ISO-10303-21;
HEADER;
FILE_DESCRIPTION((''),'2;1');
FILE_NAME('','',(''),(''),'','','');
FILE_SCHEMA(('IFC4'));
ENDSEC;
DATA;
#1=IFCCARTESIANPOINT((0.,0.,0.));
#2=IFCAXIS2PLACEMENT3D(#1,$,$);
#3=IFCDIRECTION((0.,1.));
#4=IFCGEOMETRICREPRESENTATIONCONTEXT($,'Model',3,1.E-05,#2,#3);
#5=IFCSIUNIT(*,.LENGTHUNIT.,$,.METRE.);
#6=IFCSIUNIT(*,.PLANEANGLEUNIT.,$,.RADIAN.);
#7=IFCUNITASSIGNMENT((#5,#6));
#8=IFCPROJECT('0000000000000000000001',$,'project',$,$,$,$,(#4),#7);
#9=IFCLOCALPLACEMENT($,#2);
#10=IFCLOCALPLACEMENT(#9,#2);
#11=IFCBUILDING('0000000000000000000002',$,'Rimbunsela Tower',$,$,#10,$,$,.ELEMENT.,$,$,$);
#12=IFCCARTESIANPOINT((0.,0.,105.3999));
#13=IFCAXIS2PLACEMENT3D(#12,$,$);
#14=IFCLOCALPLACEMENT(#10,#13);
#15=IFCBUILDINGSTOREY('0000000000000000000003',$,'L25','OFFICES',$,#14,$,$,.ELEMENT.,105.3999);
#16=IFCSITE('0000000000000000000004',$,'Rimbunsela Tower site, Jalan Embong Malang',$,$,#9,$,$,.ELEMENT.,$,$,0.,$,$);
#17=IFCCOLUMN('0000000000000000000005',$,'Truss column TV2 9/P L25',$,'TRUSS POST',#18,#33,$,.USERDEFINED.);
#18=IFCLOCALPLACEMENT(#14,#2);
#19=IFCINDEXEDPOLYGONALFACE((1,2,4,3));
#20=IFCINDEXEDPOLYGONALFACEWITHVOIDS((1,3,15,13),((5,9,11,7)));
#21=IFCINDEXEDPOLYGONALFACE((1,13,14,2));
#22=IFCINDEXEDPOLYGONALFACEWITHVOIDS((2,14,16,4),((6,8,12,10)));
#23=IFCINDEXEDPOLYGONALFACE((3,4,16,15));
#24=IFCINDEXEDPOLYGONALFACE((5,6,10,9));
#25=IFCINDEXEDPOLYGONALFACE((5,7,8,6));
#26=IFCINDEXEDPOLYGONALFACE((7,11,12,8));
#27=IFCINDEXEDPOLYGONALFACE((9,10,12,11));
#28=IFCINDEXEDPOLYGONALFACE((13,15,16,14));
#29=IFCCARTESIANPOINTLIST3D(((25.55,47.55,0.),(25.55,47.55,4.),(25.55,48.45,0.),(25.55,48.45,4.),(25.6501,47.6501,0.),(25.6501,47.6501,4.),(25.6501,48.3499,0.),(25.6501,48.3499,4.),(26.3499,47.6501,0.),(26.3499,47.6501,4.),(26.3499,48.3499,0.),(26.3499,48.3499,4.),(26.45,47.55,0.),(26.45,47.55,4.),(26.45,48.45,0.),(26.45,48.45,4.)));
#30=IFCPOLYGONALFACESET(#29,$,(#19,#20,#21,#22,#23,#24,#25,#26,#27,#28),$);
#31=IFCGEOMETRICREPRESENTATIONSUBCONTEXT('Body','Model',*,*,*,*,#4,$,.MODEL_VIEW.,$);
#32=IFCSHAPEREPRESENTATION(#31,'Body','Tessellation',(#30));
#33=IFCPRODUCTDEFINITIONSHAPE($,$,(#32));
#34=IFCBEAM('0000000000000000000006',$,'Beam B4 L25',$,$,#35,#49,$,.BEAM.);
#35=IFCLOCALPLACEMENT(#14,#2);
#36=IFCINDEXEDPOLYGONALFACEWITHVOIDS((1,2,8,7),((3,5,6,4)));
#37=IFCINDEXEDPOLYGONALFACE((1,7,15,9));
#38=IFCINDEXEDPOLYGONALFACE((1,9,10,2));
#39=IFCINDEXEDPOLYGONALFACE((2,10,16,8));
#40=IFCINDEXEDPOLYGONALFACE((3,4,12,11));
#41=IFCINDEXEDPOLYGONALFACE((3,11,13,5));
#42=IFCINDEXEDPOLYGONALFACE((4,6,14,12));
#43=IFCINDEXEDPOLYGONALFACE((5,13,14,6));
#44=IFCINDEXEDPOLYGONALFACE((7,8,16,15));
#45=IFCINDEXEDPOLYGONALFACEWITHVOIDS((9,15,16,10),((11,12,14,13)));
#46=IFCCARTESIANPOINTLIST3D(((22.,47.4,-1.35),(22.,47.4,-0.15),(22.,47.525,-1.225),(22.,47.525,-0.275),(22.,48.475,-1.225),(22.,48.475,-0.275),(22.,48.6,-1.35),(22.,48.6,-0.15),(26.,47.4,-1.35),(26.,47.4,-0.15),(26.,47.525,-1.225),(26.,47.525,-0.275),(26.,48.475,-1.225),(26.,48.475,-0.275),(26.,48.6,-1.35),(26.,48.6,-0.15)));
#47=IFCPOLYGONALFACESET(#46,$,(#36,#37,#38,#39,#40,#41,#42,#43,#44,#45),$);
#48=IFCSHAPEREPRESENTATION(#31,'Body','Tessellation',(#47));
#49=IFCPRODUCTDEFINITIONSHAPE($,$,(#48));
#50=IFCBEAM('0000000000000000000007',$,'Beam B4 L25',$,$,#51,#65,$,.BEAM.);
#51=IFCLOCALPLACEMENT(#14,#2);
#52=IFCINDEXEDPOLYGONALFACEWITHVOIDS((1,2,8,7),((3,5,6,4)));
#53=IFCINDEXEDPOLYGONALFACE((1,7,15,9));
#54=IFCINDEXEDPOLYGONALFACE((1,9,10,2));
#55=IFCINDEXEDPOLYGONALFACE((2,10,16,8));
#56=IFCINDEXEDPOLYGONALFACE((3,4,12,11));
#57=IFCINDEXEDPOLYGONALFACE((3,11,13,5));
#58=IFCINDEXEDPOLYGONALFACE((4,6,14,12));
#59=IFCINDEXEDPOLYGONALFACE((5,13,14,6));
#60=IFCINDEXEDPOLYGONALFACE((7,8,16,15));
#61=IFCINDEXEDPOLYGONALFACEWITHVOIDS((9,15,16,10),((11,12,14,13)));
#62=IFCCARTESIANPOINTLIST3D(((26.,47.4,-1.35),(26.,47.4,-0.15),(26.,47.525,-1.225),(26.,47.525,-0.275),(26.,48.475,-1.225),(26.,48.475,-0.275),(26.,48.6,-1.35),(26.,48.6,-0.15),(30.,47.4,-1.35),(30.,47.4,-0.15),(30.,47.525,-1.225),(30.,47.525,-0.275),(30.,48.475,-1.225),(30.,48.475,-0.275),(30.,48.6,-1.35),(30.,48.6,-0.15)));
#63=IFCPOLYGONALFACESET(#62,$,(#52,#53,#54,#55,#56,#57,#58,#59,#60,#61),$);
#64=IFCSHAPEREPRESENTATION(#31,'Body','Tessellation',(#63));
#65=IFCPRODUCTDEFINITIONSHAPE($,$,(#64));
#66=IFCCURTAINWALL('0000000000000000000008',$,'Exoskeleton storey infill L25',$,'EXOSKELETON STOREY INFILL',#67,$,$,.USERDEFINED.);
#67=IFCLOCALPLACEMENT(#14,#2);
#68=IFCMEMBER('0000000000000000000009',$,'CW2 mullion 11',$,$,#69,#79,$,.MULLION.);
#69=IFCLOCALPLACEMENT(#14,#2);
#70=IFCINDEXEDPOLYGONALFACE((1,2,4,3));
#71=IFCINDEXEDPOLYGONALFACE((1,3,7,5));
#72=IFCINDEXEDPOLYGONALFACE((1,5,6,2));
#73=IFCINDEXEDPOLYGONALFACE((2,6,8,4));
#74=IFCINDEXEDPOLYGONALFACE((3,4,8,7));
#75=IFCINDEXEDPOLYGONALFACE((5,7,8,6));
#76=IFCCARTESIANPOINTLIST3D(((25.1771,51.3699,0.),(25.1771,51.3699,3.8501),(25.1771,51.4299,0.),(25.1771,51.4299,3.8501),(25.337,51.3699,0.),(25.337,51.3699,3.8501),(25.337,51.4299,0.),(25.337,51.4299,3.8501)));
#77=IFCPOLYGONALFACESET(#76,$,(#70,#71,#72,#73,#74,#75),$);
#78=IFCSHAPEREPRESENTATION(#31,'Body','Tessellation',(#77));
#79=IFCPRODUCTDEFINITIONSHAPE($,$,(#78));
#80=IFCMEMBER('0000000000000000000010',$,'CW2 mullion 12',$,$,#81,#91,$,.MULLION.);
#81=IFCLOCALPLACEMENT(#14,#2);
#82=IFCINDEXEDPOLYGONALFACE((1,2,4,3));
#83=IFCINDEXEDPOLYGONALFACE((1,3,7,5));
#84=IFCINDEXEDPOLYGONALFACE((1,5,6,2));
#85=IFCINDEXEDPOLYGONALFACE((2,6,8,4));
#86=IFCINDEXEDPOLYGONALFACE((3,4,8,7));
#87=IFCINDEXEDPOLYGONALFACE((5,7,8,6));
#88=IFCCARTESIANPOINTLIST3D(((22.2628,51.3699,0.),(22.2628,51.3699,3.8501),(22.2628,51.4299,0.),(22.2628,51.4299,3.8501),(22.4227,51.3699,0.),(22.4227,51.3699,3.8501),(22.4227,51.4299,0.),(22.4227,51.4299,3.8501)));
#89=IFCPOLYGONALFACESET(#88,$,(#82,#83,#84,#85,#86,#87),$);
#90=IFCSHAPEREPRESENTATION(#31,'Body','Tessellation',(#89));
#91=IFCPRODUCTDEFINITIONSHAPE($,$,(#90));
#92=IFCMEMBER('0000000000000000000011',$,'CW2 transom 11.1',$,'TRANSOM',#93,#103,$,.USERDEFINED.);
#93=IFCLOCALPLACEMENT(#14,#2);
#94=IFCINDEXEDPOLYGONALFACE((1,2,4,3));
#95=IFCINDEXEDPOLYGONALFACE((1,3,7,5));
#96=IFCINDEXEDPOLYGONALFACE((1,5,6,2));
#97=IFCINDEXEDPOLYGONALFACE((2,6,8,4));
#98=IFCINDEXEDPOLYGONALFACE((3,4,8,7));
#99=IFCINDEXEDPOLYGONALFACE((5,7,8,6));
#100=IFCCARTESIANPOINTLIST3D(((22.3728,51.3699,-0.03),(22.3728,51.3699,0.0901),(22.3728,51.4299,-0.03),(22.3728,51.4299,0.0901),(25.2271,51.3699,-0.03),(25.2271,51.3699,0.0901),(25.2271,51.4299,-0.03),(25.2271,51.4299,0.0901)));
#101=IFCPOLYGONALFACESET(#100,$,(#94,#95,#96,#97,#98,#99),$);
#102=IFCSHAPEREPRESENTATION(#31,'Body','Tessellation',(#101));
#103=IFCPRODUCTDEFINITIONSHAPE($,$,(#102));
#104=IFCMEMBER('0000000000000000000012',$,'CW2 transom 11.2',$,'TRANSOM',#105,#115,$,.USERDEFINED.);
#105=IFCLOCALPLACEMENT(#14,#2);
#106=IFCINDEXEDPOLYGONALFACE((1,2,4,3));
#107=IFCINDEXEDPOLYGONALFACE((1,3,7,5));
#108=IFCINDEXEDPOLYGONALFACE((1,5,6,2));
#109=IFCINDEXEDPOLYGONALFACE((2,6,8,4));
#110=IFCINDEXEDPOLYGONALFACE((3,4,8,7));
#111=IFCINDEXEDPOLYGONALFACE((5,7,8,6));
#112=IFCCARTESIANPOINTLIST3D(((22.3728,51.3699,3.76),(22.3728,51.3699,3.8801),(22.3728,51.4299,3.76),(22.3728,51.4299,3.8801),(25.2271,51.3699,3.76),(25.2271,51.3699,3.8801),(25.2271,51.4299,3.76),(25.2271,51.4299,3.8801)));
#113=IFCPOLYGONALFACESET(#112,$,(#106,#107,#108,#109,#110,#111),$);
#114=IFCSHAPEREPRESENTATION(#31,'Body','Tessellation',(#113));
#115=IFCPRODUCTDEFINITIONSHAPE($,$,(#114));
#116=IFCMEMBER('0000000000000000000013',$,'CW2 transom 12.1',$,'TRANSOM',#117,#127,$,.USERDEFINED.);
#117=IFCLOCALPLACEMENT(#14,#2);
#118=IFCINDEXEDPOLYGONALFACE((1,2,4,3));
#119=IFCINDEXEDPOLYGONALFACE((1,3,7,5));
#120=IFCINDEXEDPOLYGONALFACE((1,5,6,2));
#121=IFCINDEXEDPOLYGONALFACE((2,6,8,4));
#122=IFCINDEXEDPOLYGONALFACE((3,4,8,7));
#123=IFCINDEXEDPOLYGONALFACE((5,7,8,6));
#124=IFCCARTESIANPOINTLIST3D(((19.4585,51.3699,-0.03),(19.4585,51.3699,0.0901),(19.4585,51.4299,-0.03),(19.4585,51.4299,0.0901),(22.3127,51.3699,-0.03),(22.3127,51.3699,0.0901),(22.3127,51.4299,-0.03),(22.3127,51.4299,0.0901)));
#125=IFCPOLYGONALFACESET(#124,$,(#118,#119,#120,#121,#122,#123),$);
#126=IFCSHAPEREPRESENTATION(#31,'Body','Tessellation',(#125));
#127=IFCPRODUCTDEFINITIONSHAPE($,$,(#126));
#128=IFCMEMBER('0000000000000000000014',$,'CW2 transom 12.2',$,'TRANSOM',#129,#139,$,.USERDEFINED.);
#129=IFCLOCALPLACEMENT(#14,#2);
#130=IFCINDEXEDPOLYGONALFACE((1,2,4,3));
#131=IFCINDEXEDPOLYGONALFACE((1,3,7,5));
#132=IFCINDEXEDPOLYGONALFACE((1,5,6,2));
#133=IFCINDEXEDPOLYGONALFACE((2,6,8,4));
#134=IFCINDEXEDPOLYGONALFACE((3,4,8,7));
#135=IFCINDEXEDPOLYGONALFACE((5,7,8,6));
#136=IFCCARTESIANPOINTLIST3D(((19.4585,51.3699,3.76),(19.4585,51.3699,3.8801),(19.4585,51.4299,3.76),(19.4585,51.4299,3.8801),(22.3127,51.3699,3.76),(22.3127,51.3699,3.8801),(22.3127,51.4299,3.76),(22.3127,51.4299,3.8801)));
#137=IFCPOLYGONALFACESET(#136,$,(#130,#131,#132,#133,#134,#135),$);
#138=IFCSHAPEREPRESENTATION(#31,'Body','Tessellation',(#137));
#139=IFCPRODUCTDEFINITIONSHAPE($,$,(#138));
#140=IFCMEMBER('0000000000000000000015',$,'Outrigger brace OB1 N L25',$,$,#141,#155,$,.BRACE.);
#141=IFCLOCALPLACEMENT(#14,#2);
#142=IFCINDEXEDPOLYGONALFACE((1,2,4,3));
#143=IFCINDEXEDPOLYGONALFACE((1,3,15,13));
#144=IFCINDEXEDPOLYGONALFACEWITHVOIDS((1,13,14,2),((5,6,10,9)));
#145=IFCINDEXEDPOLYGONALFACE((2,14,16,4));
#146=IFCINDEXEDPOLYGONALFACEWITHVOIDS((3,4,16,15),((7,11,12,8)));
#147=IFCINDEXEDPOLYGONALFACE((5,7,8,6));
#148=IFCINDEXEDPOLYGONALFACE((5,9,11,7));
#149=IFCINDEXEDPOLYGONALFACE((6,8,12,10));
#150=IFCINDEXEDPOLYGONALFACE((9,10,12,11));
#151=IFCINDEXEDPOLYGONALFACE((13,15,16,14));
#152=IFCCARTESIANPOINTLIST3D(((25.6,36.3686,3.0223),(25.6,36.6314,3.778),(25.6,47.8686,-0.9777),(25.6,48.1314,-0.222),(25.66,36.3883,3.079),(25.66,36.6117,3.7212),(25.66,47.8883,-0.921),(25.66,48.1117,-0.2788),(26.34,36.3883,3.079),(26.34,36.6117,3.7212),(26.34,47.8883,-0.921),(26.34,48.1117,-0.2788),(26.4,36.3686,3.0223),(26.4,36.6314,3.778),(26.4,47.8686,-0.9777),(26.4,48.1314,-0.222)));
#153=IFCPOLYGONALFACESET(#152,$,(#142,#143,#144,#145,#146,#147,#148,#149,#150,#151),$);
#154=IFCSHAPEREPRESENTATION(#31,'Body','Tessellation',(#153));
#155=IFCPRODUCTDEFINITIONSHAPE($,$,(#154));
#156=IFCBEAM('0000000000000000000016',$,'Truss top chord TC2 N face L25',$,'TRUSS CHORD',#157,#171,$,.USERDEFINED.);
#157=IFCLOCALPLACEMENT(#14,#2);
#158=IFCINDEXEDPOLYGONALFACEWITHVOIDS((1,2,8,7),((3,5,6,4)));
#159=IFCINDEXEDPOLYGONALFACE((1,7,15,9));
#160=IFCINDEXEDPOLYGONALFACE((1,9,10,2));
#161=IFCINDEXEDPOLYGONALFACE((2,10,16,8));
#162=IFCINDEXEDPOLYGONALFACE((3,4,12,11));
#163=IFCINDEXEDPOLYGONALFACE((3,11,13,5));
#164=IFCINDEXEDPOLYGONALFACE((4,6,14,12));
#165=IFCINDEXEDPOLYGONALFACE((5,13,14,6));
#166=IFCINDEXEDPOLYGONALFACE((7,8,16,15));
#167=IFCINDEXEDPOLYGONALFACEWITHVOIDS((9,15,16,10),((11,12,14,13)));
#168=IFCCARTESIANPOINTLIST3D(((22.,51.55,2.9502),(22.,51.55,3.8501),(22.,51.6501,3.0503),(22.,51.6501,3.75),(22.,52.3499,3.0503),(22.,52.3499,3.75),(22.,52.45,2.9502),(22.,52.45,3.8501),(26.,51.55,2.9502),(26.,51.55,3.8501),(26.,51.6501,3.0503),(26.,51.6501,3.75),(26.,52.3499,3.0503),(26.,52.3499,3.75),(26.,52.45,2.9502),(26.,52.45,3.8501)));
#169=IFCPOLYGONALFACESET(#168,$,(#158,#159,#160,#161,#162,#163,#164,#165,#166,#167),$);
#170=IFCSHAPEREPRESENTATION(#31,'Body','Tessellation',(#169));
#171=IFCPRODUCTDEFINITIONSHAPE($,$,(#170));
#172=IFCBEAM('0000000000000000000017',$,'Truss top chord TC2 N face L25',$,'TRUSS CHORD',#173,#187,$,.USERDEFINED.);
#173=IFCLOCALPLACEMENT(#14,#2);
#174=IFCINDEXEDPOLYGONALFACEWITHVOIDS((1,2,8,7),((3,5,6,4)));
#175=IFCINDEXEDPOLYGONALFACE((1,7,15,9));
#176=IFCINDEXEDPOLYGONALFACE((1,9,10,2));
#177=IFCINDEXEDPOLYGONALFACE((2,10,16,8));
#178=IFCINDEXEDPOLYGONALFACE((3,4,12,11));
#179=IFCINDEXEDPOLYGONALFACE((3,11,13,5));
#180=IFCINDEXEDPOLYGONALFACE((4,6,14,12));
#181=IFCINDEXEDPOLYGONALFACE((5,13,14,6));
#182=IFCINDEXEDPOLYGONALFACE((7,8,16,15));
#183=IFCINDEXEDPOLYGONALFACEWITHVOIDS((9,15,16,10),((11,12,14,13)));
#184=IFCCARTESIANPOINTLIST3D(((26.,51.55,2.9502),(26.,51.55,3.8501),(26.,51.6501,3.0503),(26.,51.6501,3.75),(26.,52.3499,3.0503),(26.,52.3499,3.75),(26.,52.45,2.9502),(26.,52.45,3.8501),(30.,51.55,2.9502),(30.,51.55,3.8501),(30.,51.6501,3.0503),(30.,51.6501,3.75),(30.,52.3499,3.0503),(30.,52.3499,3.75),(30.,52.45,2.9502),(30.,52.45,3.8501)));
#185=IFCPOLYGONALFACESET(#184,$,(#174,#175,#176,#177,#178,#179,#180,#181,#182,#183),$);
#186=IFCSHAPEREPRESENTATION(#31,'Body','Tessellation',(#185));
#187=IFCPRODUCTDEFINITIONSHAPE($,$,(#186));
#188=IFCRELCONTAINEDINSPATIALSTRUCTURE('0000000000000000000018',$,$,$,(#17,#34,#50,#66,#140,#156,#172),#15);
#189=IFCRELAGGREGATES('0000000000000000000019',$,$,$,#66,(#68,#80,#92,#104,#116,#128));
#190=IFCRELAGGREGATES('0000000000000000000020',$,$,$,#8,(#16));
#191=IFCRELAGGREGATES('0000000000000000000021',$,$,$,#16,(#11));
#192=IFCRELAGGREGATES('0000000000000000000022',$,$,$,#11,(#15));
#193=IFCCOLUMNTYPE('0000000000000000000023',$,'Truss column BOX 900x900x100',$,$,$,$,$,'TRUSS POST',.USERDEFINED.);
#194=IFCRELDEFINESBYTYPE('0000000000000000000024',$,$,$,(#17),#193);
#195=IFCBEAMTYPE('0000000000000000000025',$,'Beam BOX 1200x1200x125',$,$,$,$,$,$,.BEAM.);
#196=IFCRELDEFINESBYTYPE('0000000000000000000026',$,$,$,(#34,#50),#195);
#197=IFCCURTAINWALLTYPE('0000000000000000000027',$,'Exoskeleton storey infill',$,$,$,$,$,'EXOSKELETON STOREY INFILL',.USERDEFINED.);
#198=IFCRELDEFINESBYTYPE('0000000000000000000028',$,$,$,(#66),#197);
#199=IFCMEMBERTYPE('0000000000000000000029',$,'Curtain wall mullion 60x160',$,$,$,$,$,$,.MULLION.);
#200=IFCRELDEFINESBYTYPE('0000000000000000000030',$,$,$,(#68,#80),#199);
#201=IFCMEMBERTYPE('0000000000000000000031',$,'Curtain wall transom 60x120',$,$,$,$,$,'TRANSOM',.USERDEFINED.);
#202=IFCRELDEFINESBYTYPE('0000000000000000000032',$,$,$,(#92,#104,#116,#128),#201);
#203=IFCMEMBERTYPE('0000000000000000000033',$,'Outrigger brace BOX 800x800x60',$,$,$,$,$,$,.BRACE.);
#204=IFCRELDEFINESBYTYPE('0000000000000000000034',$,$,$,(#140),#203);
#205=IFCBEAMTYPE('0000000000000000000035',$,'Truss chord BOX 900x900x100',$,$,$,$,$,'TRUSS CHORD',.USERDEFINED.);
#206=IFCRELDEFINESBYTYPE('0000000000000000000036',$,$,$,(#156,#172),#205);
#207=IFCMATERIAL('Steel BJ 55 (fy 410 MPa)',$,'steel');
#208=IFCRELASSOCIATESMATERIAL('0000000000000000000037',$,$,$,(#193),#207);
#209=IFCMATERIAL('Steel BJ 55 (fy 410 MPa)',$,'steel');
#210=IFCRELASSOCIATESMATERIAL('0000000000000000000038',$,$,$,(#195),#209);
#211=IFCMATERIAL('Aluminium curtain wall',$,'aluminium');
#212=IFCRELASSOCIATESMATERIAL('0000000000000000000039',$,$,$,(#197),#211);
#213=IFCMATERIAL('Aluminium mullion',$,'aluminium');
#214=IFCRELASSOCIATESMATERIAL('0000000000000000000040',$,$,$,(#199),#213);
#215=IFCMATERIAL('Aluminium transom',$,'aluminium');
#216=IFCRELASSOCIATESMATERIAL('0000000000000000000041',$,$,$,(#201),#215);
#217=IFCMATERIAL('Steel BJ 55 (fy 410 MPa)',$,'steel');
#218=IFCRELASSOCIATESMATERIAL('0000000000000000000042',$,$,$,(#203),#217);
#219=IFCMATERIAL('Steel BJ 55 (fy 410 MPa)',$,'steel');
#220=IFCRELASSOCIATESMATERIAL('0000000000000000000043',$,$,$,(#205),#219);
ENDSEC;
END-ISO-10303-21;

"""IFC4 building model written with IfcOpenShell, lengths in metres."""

from ifc_helpers import new_model, si_unit, direction, frame, origin, origin_2d, place, context, subcontext, project, spatial, rectangle, hollow_rectangle, extrude, material, material_profile, profile_set, type_object, element, aggregate, save


model = new_model("IFC4")

# Units and contexts
model_context = context("Model", 3, precision=1e-05, world=origin(), true_north=direction((0.0, 1.0)))
body_context = subcontext(model_context, "Body", "Model", "MODEL_VIEW")
ifc_project = project(units=[si_unit("LENGTHUNIT", "METRE"), si_unit("PLANEANGLEUNIT", "RADIAN")], contexts=[model_context])

# Site, building, storey
site_placement = place(None, origin())
site = spatial("IfcSite", under=ifc_project, at=site_placement, Name="Rimbunsela Tower site, Jalan Embong Malang", CompositionType="ELEMENT", RefElevation=0.0)
building_placement = place(site_placement, origin())
building = spatial("IfcBuilding", under=site, at=building_placement, Name="Rimbunsela Tower", CompositionType="ELEMENT")
storey_placement = place(building_placement, frame((0.0, 0.0, 105.3999)))
storey = spatial("IfcBuildingStorey", under=building, at=storey_placement, Name="L25", Description="OFFICES", CompositionType="ELEMENT", Elevation=105.3999)

# Column
ifc_material_1 = material(Name="Steel BJ 55 (fy 410 MPa)", Category="steel")
ifc_material_profile_1 = material_profile(ifc_material_1, hollow_rectangle(XDim=0.8999, YDim=0.8999, WallThickness=0.1001, at=origin_2d()), Name="BOX 900x900x100")
ifc_profile_set_1 = profile_set([ifc_material_profile_1], Name="Steel BJ 55 (fy 410 MPa)")
column_type = type_object("IfcColumnType", Name="Truss column BOX 900x900x100", ElementType="TRUSS POST", PredefinedType="USERDEFINED", material=ifc_profile_set_1)
column_placement = place(storey_placement, frame((26.0, 48.0, 0.0), z_axis=(0.0, 0.0, 1.0), x_axis=(1.0, 0.0, 0.0)))
element("IfcColumn", 1, at=column_placement, inside=storey, type_object=column_type, Name="Truss column TV2 9/P L25", ObjectType="TRUSS POST", PredefinedType="USERDEFINED", context=body_context, shape_type="SweptSolid", body=[
    extrude(hollow_rectangle(XDim=0.8999, YDim=0.8999, WallThickness=0.1001, at=origin_2d()), origin(), (0.0, 0.0, 1.0), 4.0),
])

# Beams
ifc_material_2 = material(Name="Steel BJ 55 (fy 410 MPa)", Category="steel")
ifc_material_profile_2 = material_profile(ifc_material_2, hollow_rectangle(XDim=1.2, YDim=1.2, WallThickness=0.125, at=origin_2d()), Name="BOX 1200x1200x125")
ifc_profile_set_2 = profile_set([ifc_material_profile_2], Name="Steel BJ 55 (fy 410 MPa)")
beam_type_1 = type_object("IfcBeamType", Name="Beam BOX 1200x1200x125", PredefinedType="BEAM", material=ifc_profile_set_2)
for number, where, z_axis, x_axis, name in (
    (2, (22.0, 48.0, -0.75), (1.0, 0.0, 0.0), (0.0, 1.0, 0.0), "Beam B4 L25"),
    (3, (26.0, 48.0, -0.75), (1.0, 0.0, 0.0), (0.0, 1.0, 0.0), "Beam B4 L25"),
):
    element("IfcBeam", number, at=place(storey_placement, frame(where, z_axis=z_axis, x_axis=x_axis)), inside=storey, type_object=beam_type_1, Name=name, PredefinedType="BEAM", context=body_context, shape_type="SweptSolid", body=[
        extrude(hollow_rectangle(XDim=1.2, YDim=1.2, WallThickness=0.125, at=origin_2d()), origin(), (0.0, 0.0, 1.0), 4.0),
    ])

# Curtain wall, members
ifc_material_3 = material(Name="Aluminium curtain wall", Category="aluminium")
curtain_wall_type = type_object("IfcCurtainWallType", Name="Exoskeleton storey infill", ElementType="EXOSKELETON STOREY INFILL", PredefinedType="USERDEFINED", material=ifc_material_3)
curtain_wall_placement = place(storey_placement, origin())
curtain_wall = element("IfcCurtainWall", 4, at=curtain_wall_placement, inside=storey, type_object=curtain_wall_type, Name="Exoskeleton storey infill L25", ObjectType="EXOSKELETON STOREY INFILL", PredefinedType="USERDEFINED")
ifc_material_4 = material(Name="Aluminium mullion", Category="aluminium")
ifc_material_profile_3 = material_profile(ifc_material_4, rectangle(XDim=0.0601, YDim=0.1599, at=origin_2d()), Name="Mullion 60x160")
ifc_profile_set_3 = profile_set([ifc_material_profile_3], Name="Aluminium mullion")
member_type_1 = type_object("IfcMemberType", Name="Curtain wall mullion 60x160", PredefinedType="MULLION", material=ifc_profile_set_3)
member_1_placement = place(storey_placement, frame((25.2571, 51.3999, 0.0), z_axis=(0.0, 0.0, 1.0), x_axis=(0.0, -1.0, 0.0)))
member_1 = element("IfcMember", 5, at=member_1_placement, type_object=member_type_1, Name="CW2 mullion 11", PredefinedType="MULLION", context=body_context, shape_type="SweptSolid", body=[
    extrude(rectangle(XDim=0.0601, YDim=0.1599, at=origin_2d()), origin(), (0.0, 0.0, 1.0), 3.8501),
])
member_2_placement = place(storey_placement, frame((22.3428, 51.3999, 0.0), z_axis=(0.0, 0.0, 1.0), x_axis=(0.0, -1.0, 0.0)))
member_2 = element("IfcMember", 6, at=member_2_placement, type_object=member_type_1, Name="CW2 mullion 12", PredefinedType="MULLION", context=body_context, shape_type="SweptSolid", body=[
    extrude(rectangle(XDim=0.0601, YDim=0.1599, at=origin_2d()), origin(), (0.0, 0.0, 1.0), 3.8501),
])
ifc_material_5 = material(Name="Aluminium transom", Category="aluminium")
ifc_material_profile_4 = material_profile(ifc_material_5, rectangle(XDim=0.0601, YDim=0.1201, at=origin_2d()), Name="Transom 60x120")
ifc_profile_set_4 = profile_set([ifc_material_profile_4], Name="Aluminium transom")
member_type_2 = type_object("IfcMemberType", Name="Curtain wall transom 60x120", ElementType="TRANSOM", PredefinedType="USERDEFINED", material=ifc_profile_set_4)
member_3_placement = place(storey_placement, frame((25.2271, 51.3999, 0.03), z_axis=(-1.0, 0.0, 0.0), x_axis=(0.0, -1.0, 0.0)))
member_3 = element("IfcMember", 7, at=member_3_placement, type_object=member_type_2, Name="CW2 transom 11.1", ObjectType="TRANSOM", PredefinedType="USERDEFINED", context=body_context, shape_type="SweptSolid", body=[
    extrude(rectangle(XDim=0.0601, YDim=0.1201, at=origin_2d()), origin(), (0.0, 0.0, 1.0), 2.8542),
])
member_4_placement = place(storey_placement, frame((25.2271, 51.3999, 3.8201), z_axis=(-1.0, 0.0, 0.0), x_axis=(0.0, -1.0, 0.0)))
member_4 = element("IfcMember", 8, at=member_4_placement, type_object=member_type_2, Name="CW2 transom 11.2", ObjectType="TRANSOM", PredefinedType="USERDEFINED", context=body_context, shape_type="SweptSolid", body=[
    extrude(rectangle(XDim=0.0601, YDim=0.1201, at=origin_2d()), origin(), (0.0, 0.0, 1.0), 2.8542),
])
member_5_placement = place(storey_placement, frame((22.3127, 51.3999, 0.03), z_axis=(-1.0, 0.0, 0.0), x_axis=(0.0, -1.0, 0.0)))
member_5 = element("IfcMember", 9, at=member_5_placement, type_object=member_type_2, Name="CW2 transom 12.1", ObjectType="TRANSOM", PredefinedType="USERDEFINED", context=body_context, shape_type="SweptSolid", body=[
    extrude(rectangle(XDim=0.0601, YDim=0.1201, at=origin_2d()), origin(), (0.0, 0.0, 1.0), 2.8542),
])
member_6_placement = place(storey_placement, frame((22.3127, 51.3999, 3.8201), z_axis=(-1.0, 0.0, 0.0), x_axis=(0.0, -1.0, 0.0)))
member_6 = element("IfcMember", 10, at=member_6_placement, type_object=member_type_2, Name="CW2 transom 12.2", ObjectType="TRANSOM", PredefinedType="USERDEFINED", context=body_context, shape_type="SweptSolid", body=[
    extrude(rectangle(XDim=0.0601, YDim=0.1201, at=origin_2d()), origin(), (0.0, 0.0, 1.0), 2.8542),
])

# Member
ifc_material_6 = material(Name="Steel BJ 55 (fy 410 MPa)", Category="steel")
ifc_material_profile_5 = material_profile(ifc_material_6, hollow_rectangle(XDim=0.8, YDim=0.8, WallThickness=0.0601, at=origin_2d()), Name="BOX 800x800x60")
ifc_profile_set_5 = profile_set([ifc_material_profile_5], Name="Steel BJ 55 (fy 410 MPa)")
member_type_3 = type_object("IfcMemberType", Name="Outrigger brace BOX 800x800x60", PredefinedType="BRACE", material=ifc_profile_set_5)
member_7_placement = place(storey_placement, frame((26.0, 48.0, -0.5999), z_axis=(0.0, -0.944497, 0.328521), x_axis=(1.0, 0.0, 0.0)))
element("IfcMember", 11, at=member_7_placement, inside=storey, type_object=member_type_3, Name="Outrigger brace OB1 N L25", PredefinedType="BRACE", context=body_context, shape_type="SweptSolid", body=[
    extrude(hollow_rectangle(XDim=0.8, YDim=0.8, WallThickness=0.0601, at=origin_2d()), origin(), (0.0, 0.0, 1.0), 12.1758),
])

# Beams
ifc_material_7 = material(Name="Steel BJ 55 (fy 410 MPa)", Category="steel")
ifc_material_profile_6 = material_profile(ifc_material_7, hollow_rectangle(XDim=0.8999, YDim=0.8999, WallThickness=0.1001, at=origin_2d()), Name="BOX 900x900x100")
ifc_profile_set_6 = profile_set([ifc_material_profile_6], Name="Steel BJ 55 (fy 410 MPa)")
beam_type_2 = type_object("IfcBeamType", Name="Truss chord BOX 900x900x100", ElementType="TRUSS CHORD", PredefinedType="USERDEFINED", material=ifc_profile_set_6)
for number, where, z_axis, x_axis, name in (
    (12, (22.0, 52.0, 3.4001), (1.0, 0.0, 0.0), (0.0, 1.0, 0.0), "Truss top chord TC2 N face L25"),
    (13, (26.0, 52.0, 3.4001), (1.0, 0.0, 0.0), (0.0, 1.0, 0.0), "Truss top chord TC2 N face L25"),
):
    element("IfcBeam", number, at=place(storey_placement, frame(where, z_axis=z_axis, x_axis=x_axis)), inside=storey, type_object=beam_type_2, Name=name, ObjectType="TRUSS CHORD", PredefinedType="USERDEFINED", context=body_context, shape_type="SweptSolid", body=[
        extrude(hollow_rectangle(XDim=0.8999, YDim=0.8999, WallThickness=0.1001, at=origin_2d()), origin(), (0.0, 0.0, 1.0), 4.0),
    ])

aggregate(curtain_wall, [member_1, member_2, member_3, member_4, member_5, member_6])

save(model, "model.ifc")
